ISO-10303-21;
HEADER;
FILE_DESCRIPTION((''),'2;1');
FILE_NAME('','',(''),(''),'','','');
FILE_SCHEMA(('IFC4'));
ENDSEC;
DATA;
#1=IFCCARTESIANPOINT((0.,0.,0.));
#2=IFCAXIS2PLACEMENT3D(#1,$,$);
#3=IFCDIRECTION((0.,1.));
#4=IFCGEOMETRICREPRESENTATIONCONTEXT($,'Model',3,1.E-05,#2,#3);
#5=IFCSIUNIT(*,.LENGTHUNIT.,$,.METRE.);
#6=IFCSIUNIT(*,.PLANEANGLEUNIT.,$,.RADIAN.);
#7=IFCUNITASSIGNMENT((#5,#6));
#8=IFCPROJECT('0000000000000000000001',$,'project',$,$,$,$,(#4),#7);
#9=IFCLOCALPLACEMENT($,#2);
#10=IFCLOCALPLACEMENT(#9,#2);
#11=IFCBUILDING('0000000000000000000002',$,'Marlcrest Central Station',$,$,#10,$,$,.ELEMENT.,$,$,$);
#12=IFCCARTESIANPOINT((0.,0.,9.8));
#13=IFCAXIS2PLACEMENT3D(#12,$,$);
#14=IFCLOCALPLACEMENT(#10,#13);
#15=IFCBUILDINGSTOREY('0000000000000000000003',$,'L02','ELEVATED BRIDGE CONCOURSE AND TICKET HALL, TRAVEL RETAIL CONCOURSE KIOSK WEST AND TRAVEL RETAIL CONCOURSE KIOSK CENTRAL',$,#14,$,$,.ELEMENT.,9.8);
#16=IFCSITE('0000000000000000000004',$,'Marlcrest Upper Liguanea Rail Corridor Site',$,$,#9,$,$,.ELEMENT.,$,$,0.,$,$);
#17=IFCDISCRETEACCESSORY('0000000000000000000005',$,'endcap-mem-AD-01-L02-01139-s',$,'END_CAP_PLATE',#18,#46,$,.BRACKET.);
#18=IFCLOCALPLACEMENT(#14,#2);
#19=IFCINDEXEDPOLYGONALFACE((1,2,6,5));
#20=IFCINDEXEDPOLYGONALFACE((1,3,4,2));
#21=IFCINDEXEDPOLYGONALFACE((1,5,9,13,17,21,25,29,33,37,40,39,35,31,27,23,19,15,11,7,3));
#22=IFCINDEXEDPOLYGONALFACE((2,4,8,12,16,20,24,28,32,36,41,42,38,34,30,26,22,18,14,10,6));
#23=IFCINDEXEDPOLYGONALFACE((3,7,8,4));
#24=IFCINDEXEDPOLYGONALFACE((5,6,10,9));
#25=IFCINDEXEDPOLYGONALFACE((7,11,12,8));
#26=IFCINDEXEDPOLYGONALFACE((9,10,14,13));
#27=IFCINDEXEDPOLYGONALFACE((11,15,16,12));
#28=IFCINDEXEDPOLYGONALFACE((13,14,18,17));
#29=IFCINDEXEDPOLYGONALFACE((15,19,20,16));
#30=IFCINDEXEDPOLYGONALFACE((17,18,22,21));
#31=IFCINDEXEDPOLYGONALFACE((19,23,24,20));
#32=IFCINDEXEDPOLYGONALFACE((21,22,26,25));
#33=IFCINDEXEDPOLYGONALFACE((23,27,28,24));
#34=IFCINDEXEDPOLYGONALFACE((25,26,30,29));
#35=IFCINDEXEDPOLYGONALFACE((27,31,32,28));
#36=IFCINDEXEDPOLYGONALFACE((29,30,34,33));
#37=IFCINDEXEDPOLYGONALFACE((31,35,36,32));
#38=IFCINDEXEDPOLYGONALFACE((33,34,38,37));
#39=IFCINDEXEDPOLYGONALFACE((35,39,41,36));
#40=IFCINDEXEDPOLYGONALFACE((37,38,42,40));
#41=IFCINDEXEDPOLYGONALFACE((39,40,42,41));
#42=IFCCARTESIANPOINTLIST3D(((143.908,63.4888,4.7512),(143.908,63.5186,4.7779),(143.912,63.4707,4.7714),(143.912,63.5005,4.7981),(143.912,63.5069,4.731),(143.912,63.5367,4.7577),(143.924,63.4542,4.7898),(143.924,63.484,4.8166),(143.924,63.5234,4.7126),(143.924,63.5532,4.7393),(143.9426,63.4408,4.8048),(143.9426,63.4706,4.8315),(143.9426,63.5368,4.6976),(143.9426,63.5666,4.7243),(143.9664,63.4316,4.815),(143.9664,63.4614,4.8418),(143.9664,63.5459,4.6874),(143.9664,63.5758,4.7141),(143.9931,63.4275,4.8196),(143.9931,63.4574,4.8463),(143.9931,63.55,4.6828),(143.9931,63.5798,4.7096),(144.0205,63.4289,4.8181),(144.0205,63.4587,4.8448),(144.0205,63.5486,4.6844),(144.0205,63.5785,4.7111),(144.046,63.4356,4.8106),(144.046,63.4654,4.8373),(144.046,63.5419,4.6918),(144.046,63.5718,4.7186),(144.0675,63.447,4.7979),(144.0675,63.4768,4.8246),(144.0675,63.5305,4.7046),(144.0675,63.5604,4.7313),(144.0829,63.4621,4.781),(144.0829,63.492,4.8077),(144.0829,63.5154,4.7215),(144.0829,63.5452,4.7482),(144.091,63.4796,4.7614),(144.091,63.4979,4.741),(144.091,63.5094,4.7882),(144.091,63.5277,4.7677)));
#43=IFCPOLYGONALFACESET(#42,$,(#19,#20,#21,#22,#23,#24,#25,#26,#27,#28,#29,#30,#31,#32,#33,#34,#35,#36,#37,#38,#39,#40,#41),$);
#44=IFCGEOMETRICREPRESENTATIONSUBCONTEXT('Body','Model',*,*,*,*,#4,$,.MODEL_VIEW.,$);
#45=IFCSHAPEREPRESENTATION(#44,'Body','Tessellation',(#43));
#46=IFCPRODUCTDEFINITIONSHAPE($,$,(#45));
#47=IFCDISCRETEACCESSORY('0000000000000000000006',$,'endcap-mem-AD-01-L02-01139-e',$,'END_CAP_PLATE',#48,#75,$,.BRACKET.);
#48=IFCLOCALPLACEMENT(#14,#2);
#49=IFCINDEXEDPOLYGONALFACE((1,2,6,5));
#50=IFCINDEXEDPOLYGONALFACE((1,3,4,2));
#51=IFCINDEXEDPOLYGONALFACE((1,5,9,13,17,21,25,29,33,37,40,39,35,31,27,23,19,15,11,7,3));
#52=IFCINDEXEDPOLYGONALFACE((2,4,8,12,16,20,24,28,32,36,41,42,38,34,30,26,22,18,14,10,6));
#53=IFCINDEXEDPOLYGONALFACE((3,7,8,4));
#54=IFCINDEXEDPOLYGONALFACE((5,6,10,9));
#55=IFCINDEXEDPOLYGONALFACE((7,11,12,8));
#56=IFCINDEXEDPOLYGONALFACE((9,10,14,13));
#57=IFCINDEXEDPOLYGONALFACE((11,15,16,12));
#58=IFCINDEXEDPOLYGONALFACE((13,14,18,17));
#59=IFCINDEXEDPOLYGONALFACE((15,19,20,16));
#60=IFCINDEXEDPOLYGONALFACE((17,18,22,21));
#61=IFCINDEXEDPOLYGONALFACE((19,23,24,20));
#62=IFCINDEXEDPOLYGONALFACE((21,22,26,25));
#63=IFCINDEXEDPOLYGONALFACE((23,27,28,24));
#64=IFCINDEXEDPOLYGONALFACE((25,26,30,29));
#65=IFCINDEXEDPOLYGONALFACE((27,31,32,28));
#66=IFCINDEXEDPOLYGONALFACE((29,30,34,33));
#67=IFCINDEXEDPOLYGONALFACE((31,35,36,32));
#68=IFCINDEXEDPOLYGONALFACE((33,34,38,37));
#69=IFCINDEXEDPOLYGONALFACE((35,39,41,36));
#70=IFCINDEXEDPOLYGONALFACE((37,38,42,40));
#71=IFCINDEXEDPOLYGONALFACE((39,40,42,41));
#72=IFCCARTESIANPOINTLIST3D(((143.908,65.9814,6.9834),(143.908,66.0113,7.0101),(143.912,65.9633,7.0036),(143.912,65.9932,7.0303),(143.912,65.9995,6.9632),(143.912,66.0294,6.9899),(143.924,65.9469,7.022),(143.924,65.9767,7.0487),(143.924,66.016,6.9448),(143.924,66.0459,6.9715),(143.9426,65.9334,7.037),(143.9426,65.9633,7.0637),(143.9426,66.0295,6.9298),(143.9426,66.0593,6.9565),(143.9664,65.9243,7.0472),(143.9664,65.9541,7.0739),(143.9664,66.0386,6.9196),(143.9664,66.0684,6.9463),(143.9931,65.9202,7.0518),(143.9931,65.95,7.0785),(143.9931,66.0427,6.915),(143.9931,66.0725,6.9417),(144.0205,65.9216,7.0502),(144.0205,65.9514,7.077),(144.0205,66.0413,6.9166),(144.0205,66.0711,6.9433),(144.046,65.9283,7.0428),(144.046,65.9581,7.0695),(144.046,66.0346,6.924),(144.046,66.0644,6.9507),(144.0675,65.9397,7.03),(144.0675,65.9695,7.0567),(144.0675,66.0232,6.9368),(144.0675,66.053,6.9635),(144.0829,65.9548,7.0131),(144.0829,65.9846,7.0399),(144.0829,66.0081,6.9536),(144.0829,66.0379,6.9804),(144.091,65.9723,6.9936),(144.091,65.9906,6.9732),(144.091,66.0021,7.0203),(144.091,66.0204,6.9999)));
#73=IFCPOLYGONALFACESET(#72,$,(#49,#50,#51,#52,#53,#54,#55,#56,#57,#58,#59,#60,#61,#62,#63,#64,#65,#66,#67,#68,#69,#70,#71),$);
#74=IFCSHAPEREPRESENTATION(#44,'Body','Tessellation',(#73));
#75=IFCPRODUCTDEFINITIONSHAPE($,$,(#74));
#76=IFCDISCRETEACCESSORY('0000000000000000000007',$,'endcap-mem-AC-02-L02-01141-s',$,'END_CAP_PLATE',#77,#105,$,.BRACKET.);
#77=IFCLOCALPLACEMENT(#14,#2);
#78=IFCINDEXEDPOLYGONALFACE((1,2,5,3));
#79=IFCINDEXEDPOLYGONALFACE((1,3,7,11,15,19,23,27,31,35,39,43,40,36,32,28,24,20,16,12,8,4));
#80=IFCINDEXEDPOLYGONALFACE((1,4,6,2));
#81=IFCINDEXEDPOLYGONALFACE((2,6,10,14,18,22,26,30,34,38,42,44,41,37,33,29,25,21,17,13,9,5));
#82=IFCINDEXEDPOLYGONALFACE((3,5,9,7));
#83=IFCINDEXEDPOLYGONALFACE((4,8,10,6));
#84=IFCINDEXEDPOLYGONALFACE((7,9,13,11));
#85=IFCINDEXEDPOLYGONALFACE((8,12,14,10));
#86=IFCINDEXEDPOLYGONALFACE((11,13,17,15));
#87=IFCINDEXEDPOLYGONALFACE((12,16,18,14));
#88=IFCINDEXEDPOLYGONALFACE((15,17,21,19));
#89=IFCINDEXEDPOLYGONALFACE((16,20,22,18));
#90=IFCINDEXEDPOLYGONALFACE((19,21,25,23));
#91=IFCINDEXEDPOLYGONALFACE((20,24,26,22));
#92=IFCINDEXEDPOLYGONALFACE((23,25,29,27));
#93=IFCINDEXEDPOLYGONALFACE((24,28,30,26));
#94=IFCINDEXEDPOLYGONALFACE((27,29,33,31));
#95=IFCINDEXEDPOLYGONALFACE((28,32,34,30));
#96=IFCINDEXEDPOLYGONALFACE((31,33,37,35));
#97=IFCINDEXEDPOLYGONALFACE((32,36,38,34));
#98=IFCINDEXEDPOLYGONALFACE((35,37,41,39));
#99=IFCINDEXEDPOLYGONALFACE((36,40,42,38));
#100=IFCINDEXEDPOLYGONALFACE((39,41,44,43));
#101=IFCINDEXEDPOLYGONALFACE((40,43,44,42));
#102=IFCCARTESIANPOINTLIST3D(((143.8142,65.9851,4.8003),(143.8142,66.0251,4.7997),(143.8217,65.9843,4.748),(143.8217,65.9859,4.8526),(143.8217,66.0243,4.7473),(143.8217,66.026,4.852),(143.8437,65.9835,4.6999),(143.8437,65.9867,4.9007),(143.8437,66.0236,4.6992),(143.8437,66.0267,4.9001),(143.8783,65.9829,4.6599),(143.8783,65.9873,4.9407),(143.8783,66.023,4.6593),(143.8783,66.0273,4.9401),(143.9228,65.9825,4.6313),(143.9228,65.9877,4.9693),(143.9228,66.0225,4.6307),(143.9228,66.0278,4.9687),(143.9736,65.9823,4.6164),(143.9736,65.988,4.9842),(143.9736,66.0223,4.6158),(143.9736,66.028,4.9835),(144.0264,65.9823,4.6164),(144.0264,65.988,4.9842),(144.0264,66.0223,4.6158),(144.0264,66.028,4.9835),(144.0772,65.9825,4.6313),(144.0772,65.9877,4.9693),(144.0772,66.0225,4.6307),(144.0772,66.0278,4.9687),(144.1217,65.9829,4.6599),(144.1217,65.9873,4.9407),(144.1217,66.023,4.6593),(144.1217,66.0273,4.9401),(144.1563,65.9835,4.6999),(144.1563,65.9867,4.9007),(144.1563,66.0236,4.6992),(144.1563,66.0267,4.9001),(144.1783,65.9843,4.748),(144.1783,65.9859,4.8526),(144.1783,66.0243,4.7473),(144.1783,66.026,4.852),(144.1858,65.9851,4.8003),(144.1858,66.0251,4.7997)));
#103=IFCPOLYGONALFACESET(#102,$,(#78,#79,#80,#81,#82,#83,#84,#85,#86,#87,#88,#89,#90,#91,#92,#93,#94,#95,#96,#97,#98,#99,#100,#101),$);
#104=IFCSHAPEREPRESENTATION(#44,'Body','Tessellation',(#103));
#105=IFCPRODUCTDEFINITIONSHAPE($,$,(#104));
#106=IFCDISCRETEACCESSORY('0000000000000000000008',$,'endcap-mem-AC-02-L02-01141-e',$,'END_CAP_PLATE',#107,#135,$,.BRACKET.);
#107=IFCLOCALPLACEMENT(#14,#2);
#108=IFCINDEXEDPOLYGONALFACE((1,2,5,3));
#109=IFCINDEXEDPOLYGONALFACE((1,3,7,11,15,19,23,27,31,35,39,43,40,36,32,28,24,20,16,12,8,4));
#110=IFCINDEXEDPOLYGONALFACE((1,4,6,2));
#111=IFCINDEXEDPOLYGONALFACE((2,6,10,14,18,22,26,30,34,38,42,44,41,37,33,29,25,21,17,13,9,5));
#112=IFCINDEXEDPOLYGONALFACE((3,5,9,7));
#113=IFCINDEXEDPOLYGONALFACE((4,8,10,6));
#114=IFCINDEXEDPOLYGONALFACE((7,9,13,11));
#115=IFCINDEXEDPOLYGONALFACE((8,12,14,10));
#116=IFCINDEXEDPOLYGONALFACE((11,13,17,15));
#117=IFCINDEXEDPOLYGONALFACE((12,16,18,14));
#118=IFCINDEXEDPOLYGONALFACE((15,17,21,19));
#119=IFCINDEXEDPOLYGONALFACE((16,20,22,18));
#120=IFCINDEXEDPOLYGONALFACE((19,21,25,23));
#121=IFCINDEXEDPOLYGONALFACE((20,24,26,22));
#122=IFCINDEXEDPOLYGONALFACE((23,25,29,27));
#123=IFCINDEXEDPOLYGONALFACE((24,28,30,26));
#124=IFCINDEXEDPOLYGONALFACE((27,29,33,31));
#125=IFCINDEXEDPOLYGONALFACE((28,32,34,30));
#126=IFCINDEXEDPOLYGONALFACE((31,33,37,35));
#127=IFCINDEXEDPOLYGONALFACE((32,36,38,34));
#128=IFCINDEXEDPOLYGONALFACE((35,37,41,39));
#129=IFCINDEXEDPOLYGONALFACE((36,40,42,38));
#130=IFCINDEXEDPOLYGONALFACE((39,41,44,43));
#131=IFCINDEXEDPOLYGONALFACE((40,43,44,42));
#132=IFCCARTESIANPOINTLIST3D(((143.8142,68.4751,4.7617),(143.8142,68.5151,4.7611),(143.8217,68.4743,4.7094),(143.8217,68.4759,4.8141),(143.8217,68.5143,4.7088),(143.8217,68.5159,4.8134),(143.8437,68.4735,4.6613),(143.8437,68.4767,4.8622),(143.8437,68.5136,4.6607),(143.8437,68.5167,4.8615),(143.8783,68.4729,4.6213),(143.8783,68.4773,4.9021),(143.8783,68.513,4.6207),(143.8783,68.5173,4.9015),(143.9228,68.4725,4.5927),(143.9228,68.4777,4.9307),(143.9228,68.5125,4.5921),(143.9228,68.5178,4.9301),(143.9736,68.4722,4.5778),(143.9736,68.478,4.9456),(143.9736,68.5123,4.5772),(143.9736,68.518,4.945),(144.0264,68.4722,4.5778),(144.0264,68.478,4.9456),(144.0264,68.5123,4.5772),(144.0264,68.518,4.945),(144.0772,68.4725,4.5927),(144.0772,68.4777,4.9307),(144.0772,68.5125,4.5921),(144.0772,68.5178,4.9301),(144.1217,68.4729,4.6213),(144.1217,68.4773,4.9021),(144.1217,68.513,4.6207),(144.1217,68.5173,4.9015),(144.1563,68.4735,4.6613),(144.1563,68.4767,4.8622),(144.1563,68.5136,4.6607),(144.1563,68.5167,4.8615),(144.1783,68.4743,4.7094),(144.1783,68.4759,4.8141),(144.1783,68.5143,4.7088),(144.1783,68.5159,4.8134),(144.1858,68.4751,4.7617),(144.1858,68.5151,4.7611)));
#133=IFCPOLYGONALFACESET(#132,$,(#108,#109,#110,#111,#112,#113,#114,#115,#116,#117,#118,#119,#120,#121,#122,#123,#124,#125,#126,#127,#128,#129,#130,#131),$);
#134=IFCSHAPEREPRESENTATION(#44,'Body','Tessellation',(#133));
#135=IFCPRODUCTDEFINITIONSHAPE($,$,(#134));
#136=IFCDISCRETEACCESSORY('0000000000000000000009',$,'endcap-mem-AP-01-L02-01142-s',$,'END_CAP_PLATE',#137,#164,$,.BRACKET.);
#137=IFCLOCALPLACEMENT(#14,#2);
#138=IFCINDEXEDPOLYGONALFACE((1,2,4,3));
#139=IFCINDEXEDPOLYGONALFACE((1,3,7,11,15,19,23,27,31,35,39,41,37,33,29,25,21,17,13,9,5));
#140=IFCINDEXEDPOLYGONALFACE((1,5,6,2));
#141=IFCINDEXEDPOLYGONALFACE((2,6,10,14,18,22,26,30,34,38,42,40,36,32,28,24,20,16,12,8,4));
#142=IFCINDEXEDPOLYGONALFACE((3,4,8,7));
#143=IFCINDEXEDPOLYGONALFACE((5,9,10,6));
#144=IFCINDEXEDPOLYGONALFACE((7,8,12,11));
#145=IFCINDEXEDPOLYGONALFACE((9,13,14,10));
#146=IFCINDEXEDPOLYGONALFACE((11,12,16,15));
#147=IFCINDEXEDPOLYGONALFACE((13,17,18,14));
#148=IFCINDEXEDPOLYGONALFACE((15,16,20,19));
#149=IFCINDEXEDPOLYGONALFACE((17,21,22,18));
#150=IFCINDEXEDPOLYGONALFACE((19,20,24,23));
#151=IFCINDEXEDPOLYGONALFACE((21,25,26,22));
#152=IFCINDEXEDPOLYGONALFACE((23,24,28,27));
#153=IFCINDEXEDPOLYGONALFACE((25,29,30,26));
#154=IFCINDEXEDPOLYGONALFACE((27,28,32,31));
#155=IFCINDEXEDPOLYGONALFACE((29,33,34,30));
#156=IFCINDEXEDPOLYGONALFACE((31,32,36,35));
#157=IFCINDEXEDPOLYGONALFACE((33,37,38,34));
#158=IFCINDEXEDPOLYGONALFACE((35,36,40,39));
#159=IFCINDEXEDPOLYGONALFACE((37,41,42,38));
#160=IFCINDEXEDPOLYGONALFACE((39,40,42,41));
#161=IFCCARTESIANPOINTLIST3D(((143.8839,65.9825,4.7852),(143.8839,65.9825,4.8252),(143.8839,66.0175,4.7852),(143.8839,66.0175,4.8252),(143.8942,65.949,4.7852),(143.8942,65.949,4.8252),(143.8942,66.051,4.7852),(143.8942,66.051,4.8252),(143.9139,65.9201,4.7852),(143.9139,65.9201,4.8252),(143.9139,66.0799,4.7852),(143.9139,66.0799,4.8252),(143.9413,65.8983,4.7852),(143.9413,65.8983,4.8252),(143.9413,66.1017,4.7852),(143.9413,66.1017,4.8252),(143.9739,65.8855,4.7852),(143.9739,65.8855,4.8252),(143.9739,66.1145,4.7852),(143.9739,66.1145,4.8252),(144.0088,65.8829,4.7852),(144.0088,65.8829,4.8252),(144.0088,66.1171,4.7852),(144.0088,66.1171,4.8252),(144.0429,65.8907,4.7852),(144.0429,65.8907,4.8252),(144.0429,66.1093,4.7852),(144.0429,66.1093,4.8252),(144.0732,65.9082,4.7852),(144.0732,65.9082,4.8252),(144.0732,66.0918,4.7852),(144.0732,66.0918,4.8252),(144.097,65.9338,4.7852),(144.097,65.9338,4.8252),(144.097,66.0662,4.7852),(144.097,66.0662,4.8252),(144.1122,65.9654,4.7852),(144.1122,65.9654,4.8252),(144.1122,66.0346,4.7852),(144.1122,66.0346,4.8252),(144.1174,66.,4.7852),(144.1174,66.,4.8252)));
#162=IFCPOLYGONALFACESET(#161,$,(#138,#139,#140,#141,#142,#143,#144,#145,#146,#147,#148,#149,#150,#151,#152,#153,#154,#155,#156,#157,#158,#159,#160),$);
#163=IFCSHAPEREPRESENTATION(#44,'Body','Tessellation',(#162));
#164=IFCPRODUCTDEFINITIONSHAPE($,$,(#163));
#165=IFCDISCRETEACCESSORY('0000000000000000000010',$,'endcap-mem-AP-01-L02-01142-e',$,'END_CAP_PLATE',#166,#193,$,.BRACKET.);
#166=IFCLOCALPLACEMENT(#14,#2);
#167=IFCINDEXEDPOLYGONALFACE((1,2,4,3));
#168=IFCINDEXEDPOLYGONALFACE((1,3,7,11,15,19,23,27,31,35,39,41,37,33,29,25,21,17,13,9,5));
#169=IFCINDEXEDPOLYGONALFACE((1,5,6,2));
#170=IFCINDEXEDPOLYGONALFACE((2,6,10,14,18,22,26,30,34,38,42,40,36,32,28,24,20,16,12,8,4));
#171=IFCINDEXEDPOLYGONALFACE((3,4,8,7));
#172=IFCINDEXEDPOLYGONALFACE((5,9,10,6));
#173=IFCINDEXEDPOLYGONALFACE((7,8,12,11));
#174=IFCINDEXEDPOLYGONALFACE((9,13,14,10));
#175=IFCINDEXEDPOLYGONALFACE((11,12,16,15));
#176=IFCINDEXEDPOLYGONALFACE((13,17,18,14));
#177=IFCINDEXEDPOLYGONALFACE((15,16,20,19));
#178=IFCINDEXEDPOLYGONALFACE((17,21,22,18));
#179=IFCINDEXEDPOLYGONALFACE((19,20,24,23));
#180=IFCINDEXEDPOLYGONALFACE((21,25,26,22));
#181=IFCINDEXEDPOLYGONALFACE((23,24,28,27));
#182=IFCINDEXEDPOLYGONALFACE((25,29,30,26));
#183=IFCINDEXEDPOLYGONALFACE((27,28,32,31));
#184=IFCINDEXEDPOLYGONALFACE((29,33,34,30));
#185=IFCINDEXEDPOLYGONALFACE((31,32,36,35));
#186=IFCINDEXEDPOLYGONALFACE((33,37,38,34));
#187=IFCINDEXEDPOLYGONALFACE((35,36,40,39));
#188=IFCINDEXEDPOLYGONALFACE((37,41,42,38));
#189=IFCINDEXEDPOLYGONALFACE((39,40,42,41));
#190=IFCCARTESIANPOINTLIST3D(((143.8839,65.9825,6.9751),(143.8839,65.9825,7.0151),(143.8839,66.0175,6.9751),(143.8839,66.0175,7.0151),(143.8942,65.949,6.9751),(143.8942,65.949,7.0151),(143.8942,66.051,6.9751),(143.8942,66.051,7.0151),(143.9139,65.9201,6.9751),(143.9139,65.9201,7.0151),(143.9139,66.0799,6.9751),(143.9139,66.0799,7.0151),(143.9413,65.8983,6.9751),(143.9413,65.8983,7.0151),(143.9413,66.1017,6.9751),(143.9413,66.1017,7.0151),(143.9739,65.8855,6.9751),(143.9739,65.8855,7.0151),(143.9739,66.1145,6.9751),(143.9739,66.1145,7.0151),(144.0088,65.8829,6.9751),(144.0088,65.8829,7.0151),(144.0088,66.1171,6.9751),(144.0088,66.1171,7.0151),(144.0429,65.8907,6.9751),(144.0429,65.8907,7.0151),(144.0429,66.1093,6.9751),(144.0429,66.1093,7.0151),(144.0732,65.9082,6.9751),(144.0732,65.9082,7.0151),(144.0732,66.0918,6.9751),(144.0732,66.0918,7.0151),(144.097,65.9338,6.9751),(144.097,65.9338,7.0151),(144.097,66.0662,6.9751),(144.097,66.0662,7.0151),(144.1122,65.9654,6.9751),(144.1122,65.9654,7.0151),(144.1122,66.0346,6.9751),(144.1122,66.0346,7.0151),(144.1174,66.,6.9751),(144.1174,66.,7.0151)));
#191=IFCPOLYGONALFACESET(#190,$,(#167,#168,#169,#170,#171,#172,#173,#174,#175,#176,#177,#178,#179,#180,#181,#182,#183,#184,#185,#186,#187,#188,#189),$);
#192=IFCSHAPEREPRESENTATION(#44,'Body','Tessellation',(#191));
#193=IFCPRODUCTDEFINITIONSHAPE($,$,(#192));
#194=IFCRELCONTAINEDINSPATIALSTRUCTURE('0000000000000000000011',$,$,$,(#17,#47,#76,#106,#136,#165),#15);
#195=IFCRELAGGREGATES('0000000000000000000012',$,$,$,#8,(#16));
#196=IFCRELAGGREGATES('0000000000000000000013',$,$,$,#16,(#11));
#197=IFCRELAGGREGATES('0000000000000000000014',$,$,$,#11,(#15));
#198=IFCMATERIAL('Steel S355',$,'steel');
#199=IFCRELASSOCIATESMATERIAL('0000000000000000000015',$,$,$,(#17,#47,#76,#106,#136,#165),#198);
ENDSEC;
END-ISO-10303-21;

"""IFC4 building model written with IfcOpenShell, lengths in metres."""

from ifc_helpers import new_model, si_unit, direction, frame, origin, origin_2d, place, context, subcontext, project, spatial, circle, extrude, material, element, save


model = new_model("IFC4")

# Units and contexts
model_context = context("Model", 3, precision=1e-05, world=origin(), true_north=direction((0.0, 1.0)))
body_context = subcontext(model_context, "Body", "Model", "MODEL_VIEW")
ifc_project = project(units=[si_unit("LENGTHUNIT", "METRE"), si_unit("PLANEANGLEUNIT", "RADIAN")], contexts=[model_context])

# Site, building, storey
site_placement = place(None, origin())
site = spatial("IfcSite", under=ifc_project, at=site_placement, Name="Marlcrest Upper Liguanea Rail Corridor Site", CompositionType="ELEMENT", RefElevation=0.0)
building_placement = place(site_placement, origin())
building = spatial("IfcBuilding", under=site, at=building_placement, Name="Marlcrest Central Station", CompositionType="ELEMENT")
storey_placement = place(building_placement, frame((0.0, 0.0, 9.8)))
storey = spatial("IfcBuildingStorey", under=building, at=storey_placement, Name="L02", Description="ELEVATED BRIDGE CONCOURSE AND TICKET HALL, TRAVEL RETAIL CONCOURSE KIOSK WEST AND TRAVEL RETAIL CONCOURSE KIOSK CENTRAL", CompositionType="ELEMENT", Elevation=9.8)

# Shared definitions
ifc_material_1 = material(Name="Steel S355", Category="steel")

# Discrete accessories
for number, where, z_axis, x_axis, name in (
    (1, (144.0, 63.4888, 4.7512), (0.0, 0.744956, 0.667114), (-1.0, 0.0, 0.0), "endcap-mem-AD-01-L02-01139-s"),
    (2, (144.0, 65.9814, 6.9834), (0.0, 0.744956, 0.667114), (-1.0, 0.0, 0.0), "endcap-mem-AD-01-L02-01139-e"),
):
    element("IfcDiscreteAccessory", number, at=place(storey_placement, frame(where, z_axis=z_axis, x_axis=x_axis)), inside=storey, material=ifc_material_1, Name=name, ObjectType="END_CAP_PLATE", PredefinedType="BRACKET", context=body_context, shape_type="SweptSolid", body=[
        extrude(circle(Radius=0.092, at=origin_2d()), origin(), (0.0, 0.0, 1.0), 0.04),
    ])
for number, where, z_axis, x_axis, name in (
    (3, (144.0, 65.9851, 4.8003), (0.0, 0.999879, -0.015525), (-1.0, 0.0, 0.0), "endcap-mem-AC-02-L02-01141-s"),
    (4, (144.0, 68.4751, 4.7617), (0.0, 0.999879, -0.015525), (-1.0, 0.0, 0.0), "endcap-mem-AC-02-L02-01141-e"),
):
    element("IfcDiscreteAccessory", number, at=place(storey_placement, frame(where, z_axis=z_axis, x_axis=x_axis)), inside=storey, material=ifc_material_1, Name=name, ObjectType="END_CAP_PLATE", PredefinedType="BRACKET", context=body_context, shape_type="SweptSolid", body=[
        extrude(circle(Radius=0.1858, at=origin_2d()), origin(), (0.0, 0.0, 1.0), 0.04),
    ])
for number, where, z_axis, x_axis, name in (
    (5, (144.0, 66.0, 4.7852), (0.0, 0.0, 1.0), (1.0, 0.0, 0.0), "endcap-mem-AP-01-L02-01142-s"),
    (6, (144.0, 66.0, 6.9751), (0.0, 0.0, 1.0), (1.0, 0.0, 0.0), "endcap-mem-AP-01-L02-01142-e"),
):
    element("IfcDiscreteAccessory", number, at=place(storey_placement, frame(where, z_axis=z_axis, x_axis=x_axis)), inside=storey, material=ifc_material_1, Name=name, ObjectType="END_CAP_PLATE", PredefinedType="BRACKET", context=body_context, shape_type="SweptSolid", body=[
        extrude(circle(Radius=0.1174, at=origin_2d()), origin(), (0.0, 0.0, 1.0), 0.04),
    ])

save(model, "model.ifc")
